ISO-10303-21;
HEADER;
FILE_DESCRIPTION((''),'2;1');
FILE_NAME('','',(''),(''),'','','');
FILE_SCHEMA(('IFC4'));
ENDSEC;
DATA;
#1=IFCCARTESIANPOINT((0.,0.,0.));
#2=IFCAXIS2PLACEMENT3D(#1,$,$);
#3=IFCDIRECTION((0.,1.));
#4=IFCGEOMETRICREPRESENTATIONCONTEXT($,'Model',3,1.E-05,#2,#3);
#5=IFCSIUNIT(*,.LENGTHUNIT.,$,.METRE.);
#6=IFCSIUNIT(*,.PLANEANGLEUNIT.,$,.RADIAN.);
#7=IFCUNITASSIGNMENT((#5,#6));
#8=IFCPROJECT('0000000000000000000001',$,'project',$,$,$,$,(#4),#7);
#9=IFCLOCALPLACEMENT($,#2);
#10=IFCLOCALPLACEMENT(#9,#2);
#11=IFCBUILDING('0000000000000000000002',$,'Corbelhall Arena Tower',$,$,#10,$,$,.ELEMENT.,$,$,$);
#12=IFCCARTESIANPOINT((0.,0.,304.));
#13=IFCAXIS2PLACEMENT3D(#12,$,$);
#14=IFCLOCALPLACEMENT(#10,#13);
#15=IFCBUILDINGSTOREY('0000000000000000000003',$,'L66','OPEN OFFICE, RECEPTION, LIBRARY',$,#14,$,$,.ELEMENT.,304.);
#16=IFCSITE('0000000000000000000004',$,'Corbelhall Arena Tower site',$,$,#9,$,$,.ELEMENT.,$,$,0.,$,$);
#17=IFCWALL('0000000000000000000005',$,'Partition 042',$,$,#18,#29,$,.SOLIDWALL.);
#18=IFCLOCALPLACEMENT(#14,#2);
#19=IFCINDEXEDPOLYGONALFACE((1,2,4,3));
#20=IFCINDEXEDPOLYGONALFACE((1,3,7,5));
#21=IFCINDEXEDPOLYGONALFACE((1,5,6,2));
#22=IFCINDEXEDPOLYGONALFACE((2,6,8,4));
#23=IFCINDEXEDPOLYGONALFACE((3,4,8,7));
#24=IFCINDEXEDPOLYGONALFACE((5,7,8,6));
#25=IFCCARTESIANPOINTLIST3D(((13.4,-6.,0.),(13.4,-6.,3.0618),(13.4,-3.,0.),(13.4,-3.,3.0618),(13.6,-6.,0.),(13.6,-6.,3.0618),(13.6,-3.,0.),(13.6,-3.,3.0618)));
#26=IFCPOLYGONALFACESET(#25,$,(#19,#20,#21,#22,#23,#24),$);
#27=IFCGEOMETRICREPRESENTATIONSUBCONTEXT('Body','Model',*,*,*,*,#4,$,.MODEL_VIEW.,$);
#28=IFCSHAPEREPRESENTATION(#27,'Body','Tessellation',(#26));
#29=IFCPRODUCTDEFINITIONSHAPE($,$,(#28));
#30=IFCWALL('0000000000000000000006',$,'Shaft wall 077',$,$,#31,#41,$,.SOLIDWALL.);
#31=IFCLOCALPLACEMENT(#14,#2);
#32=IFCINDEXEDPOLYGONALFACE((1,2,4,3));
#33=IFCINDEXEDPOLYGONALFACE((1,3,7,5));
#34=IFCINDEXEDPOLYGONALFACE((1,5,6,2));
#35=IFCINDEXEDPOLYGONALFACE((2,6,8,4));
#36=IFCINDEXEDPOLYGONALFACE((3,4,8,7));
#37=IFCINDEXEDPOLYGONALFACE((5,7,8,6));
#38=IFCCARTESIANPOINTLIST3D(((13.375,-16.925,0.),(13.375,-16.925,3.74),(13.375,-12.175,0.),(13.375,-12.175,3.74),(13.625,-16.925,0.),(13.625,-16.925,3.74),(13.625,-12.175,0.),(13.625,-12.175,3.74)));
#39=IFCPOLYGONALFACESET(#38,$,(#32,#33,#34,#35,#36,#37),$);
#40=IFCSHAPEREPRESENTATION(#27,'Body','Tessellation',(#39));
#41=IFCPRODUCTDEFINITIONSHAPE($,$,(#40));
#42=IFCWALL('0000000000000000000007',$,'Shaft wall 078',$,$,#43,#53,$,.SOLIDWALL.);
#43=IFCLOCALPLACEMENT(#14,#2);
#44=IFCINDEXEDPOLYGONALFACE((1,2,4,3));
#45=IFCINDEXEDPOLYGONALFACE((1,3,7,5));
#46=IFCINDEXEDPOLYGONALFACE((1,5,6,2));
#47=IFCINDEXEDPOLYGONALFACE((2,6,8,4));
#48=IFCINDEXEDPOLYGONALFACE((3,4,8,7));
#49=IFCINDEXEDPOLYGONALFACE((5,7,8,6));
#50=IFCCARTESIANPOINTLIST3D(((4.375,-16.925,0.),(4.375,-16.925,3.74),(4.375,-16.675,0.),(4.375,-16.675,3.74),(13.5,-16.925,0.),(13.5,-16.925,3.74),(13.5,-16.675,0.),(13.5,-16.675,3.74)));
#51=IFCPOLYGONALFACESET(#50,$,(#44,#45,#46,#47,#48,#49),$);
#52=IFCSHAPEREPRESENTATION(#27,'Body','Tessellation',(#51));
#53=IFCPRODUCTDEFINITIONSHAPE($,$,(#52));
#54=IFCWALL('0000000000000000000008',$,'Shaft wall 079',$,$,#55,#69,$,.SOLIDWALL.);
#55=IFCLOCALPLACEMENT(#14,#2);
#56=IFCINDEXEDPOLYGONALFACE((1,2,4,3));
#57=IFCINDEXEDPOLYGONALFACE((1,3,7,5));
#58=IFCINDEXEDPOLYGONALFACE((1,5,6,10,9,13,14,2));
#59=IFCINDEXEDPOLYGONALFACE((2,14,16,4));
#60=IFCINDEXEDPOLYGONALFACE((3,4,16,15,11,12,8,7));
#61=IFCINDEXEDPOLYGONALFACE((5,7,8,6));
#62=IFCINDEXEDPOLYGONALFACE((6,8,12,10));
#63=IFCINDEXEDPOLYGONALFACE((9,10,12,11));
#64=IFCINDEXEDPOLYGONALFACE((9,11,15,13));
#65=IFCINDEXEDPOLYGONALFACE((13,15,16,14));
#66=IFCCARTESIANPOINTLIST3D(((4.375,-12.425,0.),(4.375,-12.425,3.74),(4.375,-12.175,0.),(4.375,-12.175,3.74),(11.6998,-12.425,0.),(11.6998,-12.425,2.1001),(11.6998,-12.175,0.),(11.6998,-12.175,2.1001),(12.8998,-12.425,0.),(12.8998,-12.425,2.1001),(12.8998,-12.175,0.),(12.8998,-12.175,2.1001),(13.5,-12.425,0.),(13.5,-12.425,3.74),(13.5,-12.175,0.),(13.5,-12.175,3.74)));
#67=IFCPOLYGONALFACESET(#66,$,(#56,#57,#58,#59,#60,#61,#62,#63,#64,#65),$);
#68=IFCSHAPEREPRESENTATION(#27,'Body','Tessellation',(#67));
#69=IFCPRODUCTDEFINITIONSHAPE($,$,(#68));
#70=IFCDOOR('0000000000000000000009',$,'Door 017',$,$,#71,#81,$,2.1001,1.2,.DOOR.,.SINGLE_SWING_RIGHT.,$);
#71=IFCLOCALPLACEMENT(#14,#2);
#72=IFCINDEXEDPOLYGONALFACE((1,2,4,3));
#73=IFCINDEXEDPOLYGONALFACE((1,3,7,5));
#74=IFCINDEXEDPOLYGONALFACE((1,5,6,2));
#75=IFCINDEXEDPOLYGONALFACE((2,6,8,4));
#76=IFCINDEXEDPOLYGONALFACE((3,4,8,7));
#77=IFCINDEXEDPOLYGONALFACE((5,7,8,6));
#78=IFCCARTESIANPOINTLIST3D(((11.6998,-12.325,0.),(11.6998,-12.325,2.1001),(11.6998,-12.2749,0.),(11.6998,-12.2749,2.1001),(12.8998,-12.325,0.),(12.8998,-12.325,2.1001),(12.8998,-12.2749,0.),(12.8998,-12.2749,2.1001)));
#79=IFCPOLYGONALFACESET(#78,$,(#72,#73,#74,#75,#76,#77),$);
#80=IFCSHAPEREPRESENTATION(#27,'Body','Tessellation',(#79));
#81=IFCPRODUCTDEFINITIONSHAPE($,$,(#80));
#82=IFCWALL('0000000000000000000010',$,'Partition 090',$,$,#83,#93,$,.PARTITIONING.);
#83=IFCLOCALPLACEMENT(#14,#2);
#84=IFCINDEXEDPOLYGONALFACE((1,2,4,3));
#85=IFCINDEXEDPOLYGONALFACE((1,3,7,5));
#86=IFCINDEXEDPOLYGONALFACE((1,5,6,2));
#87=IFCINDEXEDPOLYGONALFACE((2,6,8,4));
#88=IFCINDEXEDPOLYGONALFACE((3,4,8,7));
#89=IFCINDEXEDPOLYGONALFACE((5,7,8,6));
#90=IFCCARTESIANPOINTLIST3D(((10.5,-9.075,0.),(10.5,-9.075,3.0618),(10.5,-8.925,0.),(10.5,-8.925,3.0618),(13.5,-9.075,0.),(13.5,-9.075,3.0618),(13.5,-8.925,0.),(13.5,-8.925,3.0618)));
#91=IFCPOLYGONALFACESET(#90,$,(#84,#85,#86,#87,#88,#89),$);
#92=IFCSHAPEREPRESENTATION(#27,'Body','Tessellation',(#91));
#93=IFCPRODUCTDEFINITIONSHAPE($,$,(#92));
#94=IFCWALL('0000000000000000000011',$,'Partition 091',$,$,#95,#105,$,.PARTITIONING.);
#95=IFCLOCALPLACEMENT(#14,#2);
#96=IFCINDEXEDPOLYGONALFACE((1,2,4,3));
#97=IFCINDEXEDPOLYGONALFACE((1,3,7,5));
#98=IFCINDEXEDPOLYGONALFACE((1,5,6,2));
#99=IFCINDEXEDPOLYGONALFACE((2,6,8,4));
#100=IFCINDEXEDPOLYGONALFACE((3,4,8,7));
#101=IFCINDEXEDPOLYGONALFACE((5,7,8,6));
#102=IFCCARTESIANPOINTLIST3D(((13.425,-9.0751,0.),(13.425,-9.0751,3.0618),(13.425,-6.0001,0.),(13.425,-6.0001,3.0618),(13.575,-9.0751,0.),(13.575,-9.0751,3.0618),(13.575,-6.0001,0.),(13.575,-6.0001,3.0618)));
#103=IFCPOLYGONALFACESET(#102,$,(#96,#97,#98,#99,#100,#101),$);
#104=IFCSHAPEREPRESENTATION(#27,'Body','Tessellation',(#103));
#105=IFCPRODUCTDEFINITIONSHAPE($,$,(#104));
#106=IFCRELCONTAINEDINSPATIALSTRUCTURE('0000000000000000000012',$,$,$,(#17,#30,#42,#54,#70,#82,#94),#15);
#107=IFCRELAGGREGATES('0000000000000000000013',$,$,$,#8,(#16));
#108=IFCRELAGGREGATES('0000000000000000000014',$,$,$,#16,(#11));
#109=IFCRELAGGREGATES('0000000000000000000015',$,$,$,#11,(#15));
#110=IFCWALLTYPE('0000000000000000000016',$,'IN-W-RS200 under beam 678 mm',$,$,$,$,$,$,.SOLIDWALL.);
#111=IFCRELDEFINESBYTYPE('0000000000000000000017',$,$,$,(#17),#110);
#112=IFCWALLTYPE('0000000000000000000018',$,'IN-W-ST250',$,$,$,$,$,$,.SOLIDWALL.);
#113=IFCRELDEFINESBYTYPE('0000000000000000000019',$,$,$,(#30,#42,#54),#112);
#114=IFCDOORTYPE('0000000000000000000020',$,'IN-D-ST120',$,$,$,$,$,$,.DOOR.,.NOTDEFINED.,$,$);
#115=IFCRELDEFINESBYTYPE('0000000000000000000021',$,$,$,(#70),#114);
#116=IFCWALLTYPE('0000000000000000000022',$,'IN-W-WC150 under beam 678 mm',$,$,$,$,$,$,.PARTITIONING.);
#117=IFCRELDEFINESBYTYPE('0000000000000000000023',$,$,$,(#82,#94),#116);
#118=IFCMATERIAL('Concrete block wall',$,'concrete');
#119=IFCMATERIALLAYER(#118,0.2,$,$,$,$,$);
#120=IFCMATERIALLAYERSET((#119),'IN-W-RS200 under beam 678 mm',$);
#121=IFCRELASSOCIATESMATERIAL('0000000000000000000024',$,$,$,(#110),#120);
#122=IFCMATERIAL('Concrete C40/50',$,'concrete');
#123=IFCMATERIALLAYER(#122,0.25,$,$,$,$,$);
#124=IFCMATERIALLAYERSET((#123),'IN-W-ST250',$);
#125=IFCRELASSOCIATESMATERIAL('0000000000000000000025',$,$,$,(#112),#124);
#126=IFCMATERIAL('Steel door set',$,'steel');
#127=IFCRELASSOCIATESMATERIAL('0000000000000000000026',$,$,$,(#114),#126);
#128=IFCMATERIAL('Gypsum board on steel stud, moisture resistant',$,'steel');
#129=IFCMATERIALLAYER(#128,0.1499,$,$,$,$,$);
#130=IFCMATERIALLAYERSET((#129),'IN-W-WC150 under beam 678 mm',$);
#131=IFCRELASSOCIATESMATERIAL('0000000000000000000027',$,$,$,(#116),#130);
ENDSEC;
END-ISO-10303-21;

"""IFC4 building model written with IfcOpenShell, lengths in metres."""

from ifc_helpers import new_model, si_unit, direction, frame, frame_2d, origin, place, context, subcontext, project, spatial, rectangle, extrude, material, layer, layer_set, type_object, element, fill, save


model = new_model("IFC4")

# Units and contexts
model_context = context("Model", 3, precision=1e-05, world=origin(), true_north=direction((0.0, 1.0)))
body_context = subcontext(model_context, "Body", "Model", "MODEL_VIEW")
ifc_project = project(units=[si_unit("LENGTHUNIT", "METRE"), si_unit("PLANEANGLEUNIT", "RADIAN")], contexts=[model_context])

# Site, building, storey
site_placement = place(None, origin())
site = spatial("IfcSite", under=ifc_project, at=site_placement, Name="Corbelhall Arena Tower site", CompositionType="ELEMENT", RefElevation=0.0)
building_placement = place(site_placement, origin())
building = spatial("IfcBuilding", under=site, at=building_placement, Name="Corbelhall Arena Tower", CompositionType="ELEMENT")
storey_placement = place(building_placement, frame((0.0, 0.0, 304.0)))
storey = spatial("IfcBuildingStorey", under=building, at=storey_placement, Name="L66", Description="OPEN OFFICE, RECEPTION, LIBRARY", CompositionType="ELEMENT", Elevation=304.0)

# Walls
ifc_material_1 = material(Name="Concrete block wall", Category="concrete")
ifc_layer_1 = layer(ifc_material_1, 0.2)
ifc_layer_set_1 = layer_set([ifc_layer_1], Name="IN-W-RS200 under beam 678 mm")
wall_type_1 = type_object("IfcWallType", Name="IN-W-RS200 under beam 678 mm", PredefinedType="SOLIDWALL", material=ifc_layer_set_1)
wall_1_placement = place(storey_placement, frame((13.5, -3.0, 0.0), z_axis=(0.0, 0.0, 1.0), x_axis=(0.0, -1.0, 0.0)))
element("IfcWall", 1, at=wall_1_placement, inside=storey, type_object=wall_type_1, Name="Partition 042", PredefinedType="SOLIDWALL", context=body_context, shape_type="SweptSolid", body=[
    extrude(rectangle(XDim=3.0, YDim=0.2, at=frame_2d((1.5, 0.0))), origin(), (0.0, 0.0, 1.0), 3.0618),
])
ifc_material_2 = material(Name="Concrete C40/50", Category="concrete")
ifc_layer_2 = layer(ifc_material_2, 0.25)
ifc_layer_set_2 = layer_set([ifc_layer_2], Name="IN-W-ST250")
wall_type_2 = type_object("IfcWallType", Name="IN-W-ST250", PredefinedType="SOLIDWALL", material=ifc_layer_set_2)
wall_2_placement = place(storey_placement, frame((13.5, -16.925, 0.0), z_axis=(0.0, 0.0, 1.0), x_axis=(0.0, 1.0, 0.0)))
element("IfcWall", 2, at=wall_2_placement, inside=storey, type_object=wall_type_2, Name="Shaft wall 077", PredefinedType="SOLIDWALL", context=body_context, shape_type="SweptSolid", body=[
    extrude(rectangle(XDim=4.75, YDim=0.25, at=frame_2d((2.375, 0.0))), origin(), (0.0, 0.0, 1.0), 3.74),
])
wall_3_placement = place(storey_placement, frame((13.5, -16.8, 0.0), z_axis=(0.0, 0.0, 1.0), x_axis=(-1.0, 0.0, 0.0)))
element("IfcWall", 3, at=wall_3_placement, inside=storey, type_object=wall_type_2, Name="Shaft wall 078", PredefinedType="SOLIDWALL", context=body_context, shape_type="SweptSolid", body=[
    extrude(rectangle(XDim=9.125, YDim=0.25, at=frame_2d((4.5625, 0.0))), origin(), (0.0, 0.0, 1.0), 3.74),
])

# Wall, opening, door
wall_4_placement = place(storey_placement, frame((13.5, -12.3, 0.0), z_axis=(0.0, 0.0, 1.0), x_axis=(-1.0, 0.0, 0.0)))
wall_4 = element("IfcWall", 4, at=wall_4_placement, inside=storey, type_object=wall_type_2, Name="Shaft wall 079", PredefinedType="SOLIDWALL", context=body_context, shape_type="SweptSolid", body=[
    extrude(rectangle(XDim=9.125, YDim=0.25, at=frame_2d((4.5625, 0.0))), origin(), (0.0, 0.0, 1.0), 3.74),
])
opening_1_placement = place(wall_4_placement, frame((0.6001, 0.0, 0.0)))
opening_1 = element("IfcOpeningElement", 5, at=opening_1_placement, cuts=wall_4, PredefinedType="OPENING", context=body_context, shape_type="SweptSolid", body=[
    extrude(rectangle(XDim=1.2, YDim=2.1001, at=frame_2d((0.6001, 1.05))), frame((0.0, 0.125, 0.0), z_axis=(0.0, -1.0, 0.0), x_axis=(1.0, 0.0, 0.0)), (0.0, 0.0, 1.0), 0.25),
])
ifc_material_3 = material(Name="Steel door set", Category="steel")
door_type = type_object("IfcDoorType", Name="IN-D-ST120", OperationType="NOTDEFINED", PredefinedType="DOOR", material=ifc_material_3)
door_placement = place(opening_1_placement, origin())
door = element("IfcDoor", 6, at=door_placement, inside=storey, type_object=door_type, Name="Door 017", OperationType="SINGLE_SWING_RIGHT", OverallHeight=2.1001, OverallWidth=1.2, PredefinedType="DOOR", context=body_context, shape_type="SweptSolid", body=[
    extrude(rectangle(XDim=1.2, YDim=2.1001, at=frame_2d((0.6001, 1.05))), frame((0.0, 0.0249, 0.0), z_axis=(0.0, -1.0, 0.0), x_axis=(1.0, 0.0, 0.0)), (0.0, 0.0, 1.0), 0.05),
])
fill(opening_1, door)

# Walls
ifc_material_4 = material(Name="Gypsum board on steel stud, moisture resistant", Category="steel")
ifc_layer_3 = layer(ifc_material_4, 0.1499)
ifc_layer_set_3 = layer_set([ifc_layer_3], Name="IN-W-WC150 under beam 678 mm")
wall_type_3 = type_object("IfcWallType", Name="IN-W-WC150 under beam 678 mm", PredefinedType="PARTITIONING", material=ifc_layer_set_3)
wall_5_placement = place(storey_placement, frame((13.5, -9.0, 0.0), z_axis=(0.0, 0.0, 1.0), x_axis=(-1.0, 0.0, 0.0)))
element("IfcWall", 7, at=wall_5_placement, inside=storey, type_object=wall_type_3, Name="Partition 090", PredefinedType="PARTITIONING", context=body_context, shape_type="SweptSolid", body=[
    extrude(rectangle(XDim=3.0, YDim=0.1499, at=frame_2d((1.5, 0.0))), origin(), (0.0, 0.0, 1.0), 3.0618),
])
wall_6_placement = place(storey_placement, frame((13.5, -6.0, 0.0), z_axis=(0.0, 0.0, 1.0), x_axis=(0.0, -1.0, 0.0)))
element("IfcWall", 8, at=wall_6_placement, inside=storey, type_object=wall_type_3, Name="Partition 091", PredefinedType="PARTITIONING", context=body_context, shape_type="SweptSolid", body=[
    extrude(rectangle(XDim=3.075, YDim=0.1499, at=frame_2d((1.5376, 0.0))), origin(), (0.0, 0.0, 1.0), 3.0618),
])

save(model, "model.ifc")
